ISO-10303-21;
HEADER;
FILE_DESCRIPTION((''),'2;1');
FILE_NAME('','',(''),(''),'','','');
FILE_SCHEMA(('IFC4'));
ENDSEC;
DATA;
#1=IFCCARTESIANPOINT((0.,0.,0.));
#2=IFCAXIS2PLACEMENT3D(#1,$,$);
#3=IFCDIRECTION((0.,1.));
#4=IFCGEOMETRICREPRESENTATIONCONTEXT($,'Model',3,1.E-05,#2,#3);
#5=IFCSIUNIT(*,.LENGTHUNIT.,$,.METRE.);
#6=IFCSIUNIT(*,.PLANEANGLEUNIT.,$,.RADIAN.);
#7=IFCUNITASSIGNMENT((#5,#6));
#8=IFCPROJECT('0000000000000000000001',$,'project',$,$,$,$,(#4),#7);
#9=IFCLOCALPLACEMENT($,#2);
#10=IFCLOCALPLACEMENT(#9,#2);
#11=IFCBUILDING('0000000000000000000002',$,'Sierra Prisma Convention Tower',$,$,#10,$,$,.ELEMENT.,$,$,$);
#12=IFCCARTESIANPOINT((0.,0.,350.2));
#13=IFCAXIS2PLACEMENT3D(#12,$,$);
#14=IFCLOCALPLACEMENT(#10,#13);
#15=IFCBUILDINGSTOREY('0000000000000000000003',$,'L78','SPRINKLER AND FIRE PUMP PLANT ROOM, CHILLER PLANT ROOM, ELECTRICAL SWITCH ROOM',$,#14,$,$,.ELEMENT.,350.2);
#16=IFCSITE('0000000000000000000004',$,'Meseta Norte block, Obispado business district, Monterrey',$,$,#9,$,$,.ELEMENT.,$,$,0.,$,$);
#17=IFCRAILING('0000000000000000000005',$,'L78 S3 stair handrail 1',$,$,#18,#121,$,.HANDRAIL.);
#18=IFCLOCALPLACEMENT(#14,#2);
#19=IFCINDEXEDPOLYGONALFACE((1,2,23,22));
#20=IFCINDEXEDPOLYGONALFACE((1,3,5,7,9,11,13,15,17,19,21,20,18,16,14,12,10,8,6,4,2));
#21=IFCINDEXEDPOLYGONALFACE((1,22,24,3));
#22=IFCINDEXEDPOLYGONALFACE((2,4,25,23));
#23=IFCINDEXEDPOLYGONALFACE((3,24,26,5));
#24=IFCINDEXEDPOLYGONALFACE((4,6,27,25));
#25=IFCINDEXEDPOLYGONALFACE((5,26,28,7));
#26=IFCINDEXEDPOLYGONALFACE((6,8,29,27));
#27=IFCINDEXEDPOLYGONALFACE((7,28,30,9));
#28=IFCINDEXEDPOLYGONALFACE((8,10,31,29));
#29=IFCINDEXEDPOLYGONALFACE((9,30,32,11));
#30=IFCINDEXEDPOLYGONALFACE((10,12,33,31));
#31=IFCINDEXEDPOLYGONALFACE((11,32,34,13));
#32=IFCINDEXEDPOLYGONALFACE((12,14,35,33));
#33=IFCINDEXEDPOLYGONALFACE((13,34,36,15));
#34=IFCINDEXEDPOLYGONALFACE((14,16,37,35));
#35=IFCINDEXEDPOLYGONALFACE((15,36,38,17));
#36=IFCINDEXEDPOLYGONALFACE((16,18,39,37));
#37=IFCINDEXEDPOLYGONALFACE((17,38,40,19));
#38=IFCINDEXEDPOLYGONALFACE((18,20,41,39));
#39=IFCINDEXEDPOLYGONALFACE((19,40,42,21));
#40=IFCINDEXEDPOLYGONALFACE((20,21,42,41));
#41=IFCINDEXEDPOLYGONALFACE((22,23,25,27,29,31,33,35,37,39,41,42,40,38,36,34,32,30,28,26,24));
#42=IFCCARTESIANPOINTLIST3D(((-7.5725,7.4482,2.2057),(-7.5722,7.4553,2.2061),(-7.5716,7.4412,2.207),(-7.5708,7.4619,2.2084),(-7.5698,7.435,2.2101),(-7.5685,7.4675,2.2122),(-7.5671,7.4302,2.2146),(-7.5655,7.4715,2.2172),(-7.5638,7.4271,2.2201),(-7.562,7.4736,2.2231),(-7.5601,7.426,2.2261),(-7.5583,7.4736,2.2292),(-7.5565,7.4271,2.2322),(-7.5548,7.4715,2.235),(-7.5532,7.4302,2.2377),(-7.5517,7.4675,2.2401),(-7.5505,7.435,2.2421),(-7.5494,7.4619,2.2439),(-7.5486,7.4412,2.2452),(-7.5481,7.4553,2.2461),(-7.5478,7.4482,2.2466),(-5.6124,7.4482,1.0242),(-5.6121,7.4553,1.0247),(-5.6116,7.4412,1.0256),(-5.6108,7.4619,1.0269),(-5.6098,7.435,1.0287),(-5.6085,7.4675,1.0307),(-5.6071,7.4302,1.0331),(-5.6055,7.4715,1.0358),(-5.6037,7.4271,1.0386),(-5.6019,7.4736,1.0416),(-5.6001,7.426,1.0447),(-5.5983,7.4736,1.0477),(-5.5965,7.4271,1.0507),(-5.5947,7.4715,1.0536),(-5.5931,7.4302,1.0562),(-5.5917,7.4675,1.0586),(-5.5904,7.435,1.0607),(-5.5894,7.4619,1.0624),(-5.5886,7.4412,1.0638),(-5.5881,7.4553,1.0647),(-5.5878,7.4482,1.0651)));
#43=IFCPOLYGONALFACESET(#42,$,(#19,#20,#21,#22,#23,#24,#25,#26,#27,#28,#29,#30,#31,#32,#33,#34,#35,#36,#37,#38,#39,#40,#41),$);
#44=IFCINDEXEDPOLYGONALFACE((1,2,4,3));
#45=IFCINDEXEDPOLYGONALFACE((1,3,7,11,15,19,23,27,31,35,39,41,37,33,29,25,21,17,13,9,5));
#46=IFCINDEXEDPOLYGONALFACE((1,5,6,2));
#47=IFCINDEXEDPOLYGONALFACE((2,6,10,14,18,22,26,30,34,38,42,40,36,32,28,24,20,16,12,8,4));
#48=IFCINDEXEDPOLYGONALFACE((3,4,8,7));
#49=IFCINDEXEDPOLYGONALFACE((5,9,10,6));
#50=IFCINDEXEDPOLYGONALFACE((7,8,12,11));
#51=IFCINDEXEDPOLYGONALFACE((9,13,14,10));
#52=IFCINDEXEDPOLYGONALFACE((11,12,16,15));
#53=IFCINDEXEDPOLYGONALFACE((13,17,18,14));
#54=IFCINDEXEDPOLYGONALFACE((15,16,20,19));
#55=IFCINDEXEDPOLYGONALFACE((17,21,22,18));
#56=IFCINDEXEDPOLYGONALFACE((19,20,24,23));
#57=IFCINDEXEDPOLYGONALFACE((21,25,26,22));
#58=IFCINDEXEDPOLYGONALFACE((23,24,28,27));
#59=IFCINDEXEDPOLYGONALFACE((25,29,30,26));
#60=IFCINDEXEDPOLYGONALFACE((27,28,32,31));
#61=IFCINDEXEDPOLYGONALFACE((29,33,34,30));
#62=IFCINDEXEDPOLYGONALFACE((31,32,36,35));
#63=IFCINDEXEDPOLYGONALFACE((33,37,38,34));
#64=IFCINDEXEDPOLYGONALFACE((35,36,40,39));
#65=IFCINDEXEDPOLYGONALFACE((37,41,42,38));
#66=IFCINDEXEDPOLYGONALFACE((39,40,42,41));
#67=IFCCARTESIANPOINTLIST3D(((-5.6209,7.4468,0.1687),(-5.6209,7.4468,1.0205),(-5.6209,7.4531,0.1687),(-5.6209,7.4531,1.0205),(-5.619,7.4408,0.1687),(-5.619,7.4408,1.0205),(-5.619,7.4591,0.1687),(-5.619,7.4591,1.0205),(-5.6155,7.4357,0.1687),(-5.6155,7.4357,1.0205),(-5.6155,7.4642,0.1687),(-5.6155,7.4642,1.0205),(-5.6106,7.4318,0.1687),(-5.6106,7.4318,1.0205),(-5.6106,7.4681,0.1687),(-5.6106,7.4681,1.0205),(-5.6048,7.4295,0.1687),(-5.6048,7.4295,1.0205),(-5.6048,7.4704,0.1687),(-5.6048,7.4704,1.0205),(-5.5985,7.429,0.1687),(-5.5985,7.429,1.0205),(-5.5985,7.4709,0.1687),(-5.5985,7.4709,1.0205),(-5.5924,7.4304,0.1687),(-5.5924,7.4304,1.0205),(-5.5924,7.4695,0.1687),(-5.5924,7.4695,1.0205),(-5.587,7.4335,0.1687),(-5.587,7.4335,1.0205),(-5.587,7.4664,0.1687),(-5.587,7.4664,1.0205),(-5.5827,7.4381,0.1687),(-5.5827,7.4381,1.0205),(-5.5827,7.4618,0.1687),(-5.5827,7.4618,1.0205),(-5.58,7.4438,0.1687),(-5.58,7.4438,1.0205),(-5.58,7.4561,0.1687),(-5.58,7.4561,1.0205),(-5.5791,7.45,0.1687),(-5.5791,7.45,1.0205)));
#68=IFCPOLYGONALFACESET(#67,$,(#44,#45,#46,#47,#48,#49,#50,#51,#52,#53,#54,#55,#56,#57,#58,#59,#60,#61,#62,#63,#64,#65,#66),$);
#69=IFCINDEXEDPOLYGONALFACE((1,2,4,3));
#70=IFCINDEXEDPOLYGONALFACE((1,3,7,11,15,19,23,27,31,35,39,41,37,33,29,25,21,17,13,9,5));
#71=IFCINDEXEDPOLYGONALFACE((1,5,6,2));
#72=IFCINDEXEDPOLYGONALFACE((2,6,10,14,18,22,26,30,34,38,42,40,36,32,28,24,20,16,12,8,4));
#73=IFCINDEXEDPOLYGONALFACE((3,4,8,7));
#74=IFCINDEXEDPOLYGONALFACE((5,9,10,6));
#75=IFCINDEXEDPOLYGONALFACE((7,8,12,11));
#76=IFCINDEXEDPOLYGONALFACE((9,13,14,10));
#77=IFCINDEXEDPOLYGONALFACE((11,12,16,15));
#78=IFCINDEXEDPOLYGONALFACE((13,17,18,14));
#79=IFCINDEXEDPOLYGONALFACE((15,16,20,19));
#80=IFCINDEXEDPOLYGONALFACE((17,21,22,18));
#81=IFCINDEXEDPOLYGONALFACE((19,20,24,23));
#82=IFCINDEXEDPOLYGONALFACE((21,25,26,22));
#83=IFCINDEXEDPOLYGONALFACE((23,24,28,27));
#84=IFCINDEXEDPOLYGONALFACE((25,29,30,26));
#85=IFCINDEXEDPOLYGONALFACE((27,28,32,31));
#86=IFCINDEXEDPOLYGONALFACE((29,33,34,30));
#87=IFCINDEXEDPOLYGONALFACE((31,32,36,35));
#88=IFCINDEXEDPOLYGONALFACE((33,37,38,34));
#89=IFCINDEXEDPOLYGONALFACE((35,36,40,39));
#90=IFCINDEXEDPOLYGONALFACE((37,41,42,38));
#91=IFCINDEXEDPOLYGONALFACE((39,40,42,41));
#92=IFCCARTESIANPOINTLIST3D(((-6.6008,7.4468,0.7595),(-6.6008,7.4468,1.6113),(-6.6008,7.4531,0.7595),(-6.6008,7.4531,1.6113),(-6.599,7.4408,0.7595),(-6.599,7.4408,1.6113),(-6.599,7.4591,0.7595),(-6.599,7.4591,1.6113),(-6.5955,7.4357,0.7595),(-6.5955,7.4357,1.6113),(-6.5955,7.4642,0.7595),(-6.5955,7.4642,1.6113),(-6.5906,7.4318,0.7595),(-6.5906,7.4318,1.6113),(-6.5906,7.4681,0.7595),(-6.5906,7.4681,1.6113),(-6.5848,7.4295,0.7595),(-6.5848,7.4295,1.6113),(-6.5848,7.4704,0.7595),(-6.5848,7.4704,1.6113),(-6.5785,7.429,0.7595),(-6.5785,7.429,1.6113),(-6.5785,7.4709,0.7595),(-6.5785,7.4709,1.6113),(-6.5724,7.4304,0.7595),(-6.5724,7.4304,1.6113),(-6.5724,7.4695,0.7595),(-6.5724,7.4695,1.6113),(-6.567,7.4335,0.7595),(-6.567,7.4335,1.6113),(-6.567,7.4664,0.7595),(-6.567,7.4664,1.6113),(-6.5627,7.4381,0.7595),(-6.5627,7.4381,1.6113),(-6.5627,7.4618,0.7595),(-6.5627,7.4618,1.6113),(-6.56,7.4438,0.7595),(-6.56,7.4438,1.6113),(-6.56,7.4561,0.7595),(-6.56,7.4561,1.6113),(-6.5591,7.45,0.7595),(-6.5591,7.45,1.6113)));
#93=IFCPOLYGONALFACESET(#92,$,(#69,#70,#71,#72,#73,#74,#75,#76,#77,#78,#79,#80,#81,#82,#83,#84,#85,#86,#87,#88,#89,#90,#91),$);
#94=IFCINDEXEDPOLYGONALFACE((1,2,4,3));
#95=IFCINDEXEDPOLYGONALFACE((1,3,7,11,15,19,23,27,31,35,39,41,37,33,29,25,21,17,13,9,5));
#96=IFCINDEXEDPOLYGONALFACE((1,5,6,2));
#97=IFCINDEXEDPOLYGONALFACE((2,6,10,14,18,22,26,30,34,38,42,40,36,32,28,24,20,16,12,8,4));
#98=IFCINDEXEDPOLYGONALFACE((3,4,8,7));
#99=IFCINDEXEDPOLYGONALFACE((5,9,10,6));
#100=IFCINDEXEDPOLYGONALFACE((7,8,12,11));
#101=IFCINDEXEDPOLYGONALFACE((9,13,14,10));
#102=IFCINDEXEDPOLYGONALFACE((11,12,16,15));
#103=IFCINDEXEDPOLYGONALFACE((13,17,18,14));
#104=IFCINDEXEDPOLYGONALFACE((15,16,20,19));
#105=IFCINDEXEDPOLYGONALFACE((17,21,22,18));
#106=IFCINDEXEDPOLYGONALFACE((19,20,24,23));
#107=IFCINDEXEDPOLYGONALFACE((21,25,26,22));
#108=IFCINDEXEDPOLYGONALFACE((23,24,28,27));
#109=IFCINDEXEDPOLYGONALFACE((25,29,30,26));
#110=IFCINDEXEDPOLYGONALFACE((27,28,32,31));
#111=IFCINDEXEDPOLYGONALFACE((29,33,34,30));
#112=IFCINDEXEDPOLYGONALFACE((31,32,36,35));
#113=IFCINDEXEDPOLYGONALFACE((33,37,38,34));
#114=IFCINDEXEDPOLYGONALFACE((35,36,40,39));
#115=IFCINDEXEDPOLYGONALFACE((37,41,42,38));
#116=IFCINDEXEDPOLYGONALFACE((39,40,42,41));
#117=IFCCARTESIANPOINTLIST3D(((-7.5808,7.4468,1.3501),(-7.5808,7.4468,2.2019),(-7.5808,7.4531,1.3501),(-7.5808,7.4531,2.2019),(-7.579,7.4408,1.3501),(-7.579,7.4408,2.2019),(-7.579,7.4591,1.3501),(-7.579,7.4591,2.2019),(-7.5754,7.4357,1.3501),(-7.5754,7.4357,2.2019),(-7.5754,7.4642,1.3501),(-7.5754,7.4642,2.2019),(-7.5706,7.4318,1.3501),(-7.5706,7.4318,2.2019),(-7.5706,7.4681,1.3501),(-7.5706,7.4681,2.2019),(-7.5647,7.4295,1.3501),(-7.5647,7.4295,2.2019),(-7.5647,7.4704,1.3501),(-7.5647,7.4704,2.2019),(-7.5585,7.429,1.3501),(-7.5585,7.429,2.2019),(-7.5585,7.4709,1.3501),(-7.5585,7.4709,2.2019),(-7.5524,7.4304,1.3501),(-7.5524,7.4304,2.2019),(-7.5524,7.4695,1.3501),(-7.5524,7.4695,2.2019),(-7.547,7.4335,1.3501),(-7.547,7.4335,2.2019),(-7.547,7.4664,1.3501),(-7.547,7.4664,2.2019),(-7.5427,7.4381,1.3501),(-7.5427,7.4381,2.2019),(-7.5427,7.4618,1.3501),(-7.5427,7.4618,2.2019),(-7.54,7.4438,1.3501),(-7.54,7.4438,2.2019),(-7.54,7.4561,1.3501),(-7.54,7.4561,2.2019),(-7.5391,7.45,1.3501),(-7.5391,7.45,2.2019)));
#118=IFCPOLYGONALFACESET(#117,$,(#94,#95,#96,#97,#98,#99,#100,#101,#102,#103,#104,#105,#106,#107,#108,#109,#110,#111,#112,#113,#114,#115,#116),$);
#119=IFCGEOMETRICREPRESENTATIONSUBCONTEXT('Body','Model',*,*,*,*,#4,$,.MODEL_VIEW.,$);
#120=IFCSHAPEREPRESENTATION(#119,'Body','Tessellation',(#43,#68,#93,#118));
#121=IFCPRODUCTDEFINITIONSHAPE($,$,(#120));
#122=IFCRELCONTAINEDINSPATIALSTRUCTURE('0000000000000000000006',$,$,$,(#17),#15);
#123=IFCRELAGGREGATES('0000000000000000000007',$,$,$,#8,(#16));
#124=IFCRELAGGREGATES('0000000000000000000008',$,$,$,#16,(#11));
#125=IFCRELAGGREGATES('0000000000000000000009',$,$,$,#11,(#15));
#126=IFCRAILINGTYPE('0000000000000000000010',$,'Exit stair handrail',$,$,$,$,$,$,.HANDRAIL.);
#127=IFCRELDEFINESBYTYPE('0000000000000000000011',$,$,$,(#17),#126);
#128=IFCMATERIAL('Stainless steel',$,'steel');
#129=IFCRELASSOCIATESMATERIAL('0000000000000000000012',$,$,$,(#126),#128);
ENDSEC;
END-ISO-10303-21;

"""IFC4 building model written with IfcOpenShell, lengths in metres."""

from ifc_helpers import new_model, si_unit, direction, frame, origin, origin_2d, place, context, subcontext, project, spatial, circle, extrude, material, type_object, element, save


model = new_model("IFC4")

# Units and contexts
model_context = context("Model", 3, precision=1e-05, world=origin(), true_north=direction((0.0, 1.0)))
body_context = subcontext(model_context, "Body", "Model", "MODEL_VIEW")
ifc_project = project(units=[si_unit("LENGTHUNIT", "METRE"), si_unit("PLANEANGLEUNIT", "RADIAN")], contexts=[model_context])

# Site, building, storey
site_placement = place(None, origin())
site = spatial("IfcSite", under=ifc_project, at=site_placement, Name="Meseta Norte block, Obispado business district, Monterrey", CompositionType="ELEMENT", RefElevation=0.0)
building_placement = place(site_placement, origin())
building = spatial("IfcBuilding", under=site, at=building_placement, Name="Sierra Prisma Convention Tower", CompositionType="ELEMENT")
storey_placement = place(building_placement, frame((0.0, 0.0, 350.2)))
storey = spatial("IfcBuildingStorey", under=building, at=storey_placement, Name="L78", Description="SPRINKLER AND FIRE PUMP PLANT ROOM, CHILLER PLANT ROOM, ELECTRICAL SWITCH ROOM", CompositionType="ELEMENT", Elevation=350.2)

# Railing
ifc_material_1 = material(Name="Stainless steel", Category="steel")
railing_type_1 = type_object("IfcRailingType", Name="Exit stair handrail", PredefinedType="HANDRAIL", material=ifc_material_1)
railing_1_placement = place(storey_placement, frame((-5.6001, 7.45, 0.1687)))
element("IfcRailing", 1, at=railing_1_placement, inside=storey, type_object=railing_type_1, Name="L78 S3 stair handrail 1", PredefinedType="HANDRAIL", context=body_context, shape_type="SweptSolid", body=[
    extrude(circle(Radius=0.0239, at=origin_2d()), frame((0.0, 0.0, 0.876), z_axis=(-0.856446, 0.0, 0.516236), x_axis=(0.0, -1.0, 0.0)), (0.0, 0.0, 1.0), 2.2886),
    extrude(circle(Radius=0.021, at=origin_2d()), origin(), (0.0, 0.0, 1.0), 0.8518),
    extrude(circle(Radius=0.021, at=origin_2d()), frame((-0.98, 0.0, 0.5908)), (0.0, 0.0, 1.0), 0.8518),
    extrude(circle(Radius=0.021, at=origin_2d()), frame((-1.96, 0.0, 1.1814)), (0.0, 0.0, 1.0), 0.8518),
])

save(model, "model.ifc")
